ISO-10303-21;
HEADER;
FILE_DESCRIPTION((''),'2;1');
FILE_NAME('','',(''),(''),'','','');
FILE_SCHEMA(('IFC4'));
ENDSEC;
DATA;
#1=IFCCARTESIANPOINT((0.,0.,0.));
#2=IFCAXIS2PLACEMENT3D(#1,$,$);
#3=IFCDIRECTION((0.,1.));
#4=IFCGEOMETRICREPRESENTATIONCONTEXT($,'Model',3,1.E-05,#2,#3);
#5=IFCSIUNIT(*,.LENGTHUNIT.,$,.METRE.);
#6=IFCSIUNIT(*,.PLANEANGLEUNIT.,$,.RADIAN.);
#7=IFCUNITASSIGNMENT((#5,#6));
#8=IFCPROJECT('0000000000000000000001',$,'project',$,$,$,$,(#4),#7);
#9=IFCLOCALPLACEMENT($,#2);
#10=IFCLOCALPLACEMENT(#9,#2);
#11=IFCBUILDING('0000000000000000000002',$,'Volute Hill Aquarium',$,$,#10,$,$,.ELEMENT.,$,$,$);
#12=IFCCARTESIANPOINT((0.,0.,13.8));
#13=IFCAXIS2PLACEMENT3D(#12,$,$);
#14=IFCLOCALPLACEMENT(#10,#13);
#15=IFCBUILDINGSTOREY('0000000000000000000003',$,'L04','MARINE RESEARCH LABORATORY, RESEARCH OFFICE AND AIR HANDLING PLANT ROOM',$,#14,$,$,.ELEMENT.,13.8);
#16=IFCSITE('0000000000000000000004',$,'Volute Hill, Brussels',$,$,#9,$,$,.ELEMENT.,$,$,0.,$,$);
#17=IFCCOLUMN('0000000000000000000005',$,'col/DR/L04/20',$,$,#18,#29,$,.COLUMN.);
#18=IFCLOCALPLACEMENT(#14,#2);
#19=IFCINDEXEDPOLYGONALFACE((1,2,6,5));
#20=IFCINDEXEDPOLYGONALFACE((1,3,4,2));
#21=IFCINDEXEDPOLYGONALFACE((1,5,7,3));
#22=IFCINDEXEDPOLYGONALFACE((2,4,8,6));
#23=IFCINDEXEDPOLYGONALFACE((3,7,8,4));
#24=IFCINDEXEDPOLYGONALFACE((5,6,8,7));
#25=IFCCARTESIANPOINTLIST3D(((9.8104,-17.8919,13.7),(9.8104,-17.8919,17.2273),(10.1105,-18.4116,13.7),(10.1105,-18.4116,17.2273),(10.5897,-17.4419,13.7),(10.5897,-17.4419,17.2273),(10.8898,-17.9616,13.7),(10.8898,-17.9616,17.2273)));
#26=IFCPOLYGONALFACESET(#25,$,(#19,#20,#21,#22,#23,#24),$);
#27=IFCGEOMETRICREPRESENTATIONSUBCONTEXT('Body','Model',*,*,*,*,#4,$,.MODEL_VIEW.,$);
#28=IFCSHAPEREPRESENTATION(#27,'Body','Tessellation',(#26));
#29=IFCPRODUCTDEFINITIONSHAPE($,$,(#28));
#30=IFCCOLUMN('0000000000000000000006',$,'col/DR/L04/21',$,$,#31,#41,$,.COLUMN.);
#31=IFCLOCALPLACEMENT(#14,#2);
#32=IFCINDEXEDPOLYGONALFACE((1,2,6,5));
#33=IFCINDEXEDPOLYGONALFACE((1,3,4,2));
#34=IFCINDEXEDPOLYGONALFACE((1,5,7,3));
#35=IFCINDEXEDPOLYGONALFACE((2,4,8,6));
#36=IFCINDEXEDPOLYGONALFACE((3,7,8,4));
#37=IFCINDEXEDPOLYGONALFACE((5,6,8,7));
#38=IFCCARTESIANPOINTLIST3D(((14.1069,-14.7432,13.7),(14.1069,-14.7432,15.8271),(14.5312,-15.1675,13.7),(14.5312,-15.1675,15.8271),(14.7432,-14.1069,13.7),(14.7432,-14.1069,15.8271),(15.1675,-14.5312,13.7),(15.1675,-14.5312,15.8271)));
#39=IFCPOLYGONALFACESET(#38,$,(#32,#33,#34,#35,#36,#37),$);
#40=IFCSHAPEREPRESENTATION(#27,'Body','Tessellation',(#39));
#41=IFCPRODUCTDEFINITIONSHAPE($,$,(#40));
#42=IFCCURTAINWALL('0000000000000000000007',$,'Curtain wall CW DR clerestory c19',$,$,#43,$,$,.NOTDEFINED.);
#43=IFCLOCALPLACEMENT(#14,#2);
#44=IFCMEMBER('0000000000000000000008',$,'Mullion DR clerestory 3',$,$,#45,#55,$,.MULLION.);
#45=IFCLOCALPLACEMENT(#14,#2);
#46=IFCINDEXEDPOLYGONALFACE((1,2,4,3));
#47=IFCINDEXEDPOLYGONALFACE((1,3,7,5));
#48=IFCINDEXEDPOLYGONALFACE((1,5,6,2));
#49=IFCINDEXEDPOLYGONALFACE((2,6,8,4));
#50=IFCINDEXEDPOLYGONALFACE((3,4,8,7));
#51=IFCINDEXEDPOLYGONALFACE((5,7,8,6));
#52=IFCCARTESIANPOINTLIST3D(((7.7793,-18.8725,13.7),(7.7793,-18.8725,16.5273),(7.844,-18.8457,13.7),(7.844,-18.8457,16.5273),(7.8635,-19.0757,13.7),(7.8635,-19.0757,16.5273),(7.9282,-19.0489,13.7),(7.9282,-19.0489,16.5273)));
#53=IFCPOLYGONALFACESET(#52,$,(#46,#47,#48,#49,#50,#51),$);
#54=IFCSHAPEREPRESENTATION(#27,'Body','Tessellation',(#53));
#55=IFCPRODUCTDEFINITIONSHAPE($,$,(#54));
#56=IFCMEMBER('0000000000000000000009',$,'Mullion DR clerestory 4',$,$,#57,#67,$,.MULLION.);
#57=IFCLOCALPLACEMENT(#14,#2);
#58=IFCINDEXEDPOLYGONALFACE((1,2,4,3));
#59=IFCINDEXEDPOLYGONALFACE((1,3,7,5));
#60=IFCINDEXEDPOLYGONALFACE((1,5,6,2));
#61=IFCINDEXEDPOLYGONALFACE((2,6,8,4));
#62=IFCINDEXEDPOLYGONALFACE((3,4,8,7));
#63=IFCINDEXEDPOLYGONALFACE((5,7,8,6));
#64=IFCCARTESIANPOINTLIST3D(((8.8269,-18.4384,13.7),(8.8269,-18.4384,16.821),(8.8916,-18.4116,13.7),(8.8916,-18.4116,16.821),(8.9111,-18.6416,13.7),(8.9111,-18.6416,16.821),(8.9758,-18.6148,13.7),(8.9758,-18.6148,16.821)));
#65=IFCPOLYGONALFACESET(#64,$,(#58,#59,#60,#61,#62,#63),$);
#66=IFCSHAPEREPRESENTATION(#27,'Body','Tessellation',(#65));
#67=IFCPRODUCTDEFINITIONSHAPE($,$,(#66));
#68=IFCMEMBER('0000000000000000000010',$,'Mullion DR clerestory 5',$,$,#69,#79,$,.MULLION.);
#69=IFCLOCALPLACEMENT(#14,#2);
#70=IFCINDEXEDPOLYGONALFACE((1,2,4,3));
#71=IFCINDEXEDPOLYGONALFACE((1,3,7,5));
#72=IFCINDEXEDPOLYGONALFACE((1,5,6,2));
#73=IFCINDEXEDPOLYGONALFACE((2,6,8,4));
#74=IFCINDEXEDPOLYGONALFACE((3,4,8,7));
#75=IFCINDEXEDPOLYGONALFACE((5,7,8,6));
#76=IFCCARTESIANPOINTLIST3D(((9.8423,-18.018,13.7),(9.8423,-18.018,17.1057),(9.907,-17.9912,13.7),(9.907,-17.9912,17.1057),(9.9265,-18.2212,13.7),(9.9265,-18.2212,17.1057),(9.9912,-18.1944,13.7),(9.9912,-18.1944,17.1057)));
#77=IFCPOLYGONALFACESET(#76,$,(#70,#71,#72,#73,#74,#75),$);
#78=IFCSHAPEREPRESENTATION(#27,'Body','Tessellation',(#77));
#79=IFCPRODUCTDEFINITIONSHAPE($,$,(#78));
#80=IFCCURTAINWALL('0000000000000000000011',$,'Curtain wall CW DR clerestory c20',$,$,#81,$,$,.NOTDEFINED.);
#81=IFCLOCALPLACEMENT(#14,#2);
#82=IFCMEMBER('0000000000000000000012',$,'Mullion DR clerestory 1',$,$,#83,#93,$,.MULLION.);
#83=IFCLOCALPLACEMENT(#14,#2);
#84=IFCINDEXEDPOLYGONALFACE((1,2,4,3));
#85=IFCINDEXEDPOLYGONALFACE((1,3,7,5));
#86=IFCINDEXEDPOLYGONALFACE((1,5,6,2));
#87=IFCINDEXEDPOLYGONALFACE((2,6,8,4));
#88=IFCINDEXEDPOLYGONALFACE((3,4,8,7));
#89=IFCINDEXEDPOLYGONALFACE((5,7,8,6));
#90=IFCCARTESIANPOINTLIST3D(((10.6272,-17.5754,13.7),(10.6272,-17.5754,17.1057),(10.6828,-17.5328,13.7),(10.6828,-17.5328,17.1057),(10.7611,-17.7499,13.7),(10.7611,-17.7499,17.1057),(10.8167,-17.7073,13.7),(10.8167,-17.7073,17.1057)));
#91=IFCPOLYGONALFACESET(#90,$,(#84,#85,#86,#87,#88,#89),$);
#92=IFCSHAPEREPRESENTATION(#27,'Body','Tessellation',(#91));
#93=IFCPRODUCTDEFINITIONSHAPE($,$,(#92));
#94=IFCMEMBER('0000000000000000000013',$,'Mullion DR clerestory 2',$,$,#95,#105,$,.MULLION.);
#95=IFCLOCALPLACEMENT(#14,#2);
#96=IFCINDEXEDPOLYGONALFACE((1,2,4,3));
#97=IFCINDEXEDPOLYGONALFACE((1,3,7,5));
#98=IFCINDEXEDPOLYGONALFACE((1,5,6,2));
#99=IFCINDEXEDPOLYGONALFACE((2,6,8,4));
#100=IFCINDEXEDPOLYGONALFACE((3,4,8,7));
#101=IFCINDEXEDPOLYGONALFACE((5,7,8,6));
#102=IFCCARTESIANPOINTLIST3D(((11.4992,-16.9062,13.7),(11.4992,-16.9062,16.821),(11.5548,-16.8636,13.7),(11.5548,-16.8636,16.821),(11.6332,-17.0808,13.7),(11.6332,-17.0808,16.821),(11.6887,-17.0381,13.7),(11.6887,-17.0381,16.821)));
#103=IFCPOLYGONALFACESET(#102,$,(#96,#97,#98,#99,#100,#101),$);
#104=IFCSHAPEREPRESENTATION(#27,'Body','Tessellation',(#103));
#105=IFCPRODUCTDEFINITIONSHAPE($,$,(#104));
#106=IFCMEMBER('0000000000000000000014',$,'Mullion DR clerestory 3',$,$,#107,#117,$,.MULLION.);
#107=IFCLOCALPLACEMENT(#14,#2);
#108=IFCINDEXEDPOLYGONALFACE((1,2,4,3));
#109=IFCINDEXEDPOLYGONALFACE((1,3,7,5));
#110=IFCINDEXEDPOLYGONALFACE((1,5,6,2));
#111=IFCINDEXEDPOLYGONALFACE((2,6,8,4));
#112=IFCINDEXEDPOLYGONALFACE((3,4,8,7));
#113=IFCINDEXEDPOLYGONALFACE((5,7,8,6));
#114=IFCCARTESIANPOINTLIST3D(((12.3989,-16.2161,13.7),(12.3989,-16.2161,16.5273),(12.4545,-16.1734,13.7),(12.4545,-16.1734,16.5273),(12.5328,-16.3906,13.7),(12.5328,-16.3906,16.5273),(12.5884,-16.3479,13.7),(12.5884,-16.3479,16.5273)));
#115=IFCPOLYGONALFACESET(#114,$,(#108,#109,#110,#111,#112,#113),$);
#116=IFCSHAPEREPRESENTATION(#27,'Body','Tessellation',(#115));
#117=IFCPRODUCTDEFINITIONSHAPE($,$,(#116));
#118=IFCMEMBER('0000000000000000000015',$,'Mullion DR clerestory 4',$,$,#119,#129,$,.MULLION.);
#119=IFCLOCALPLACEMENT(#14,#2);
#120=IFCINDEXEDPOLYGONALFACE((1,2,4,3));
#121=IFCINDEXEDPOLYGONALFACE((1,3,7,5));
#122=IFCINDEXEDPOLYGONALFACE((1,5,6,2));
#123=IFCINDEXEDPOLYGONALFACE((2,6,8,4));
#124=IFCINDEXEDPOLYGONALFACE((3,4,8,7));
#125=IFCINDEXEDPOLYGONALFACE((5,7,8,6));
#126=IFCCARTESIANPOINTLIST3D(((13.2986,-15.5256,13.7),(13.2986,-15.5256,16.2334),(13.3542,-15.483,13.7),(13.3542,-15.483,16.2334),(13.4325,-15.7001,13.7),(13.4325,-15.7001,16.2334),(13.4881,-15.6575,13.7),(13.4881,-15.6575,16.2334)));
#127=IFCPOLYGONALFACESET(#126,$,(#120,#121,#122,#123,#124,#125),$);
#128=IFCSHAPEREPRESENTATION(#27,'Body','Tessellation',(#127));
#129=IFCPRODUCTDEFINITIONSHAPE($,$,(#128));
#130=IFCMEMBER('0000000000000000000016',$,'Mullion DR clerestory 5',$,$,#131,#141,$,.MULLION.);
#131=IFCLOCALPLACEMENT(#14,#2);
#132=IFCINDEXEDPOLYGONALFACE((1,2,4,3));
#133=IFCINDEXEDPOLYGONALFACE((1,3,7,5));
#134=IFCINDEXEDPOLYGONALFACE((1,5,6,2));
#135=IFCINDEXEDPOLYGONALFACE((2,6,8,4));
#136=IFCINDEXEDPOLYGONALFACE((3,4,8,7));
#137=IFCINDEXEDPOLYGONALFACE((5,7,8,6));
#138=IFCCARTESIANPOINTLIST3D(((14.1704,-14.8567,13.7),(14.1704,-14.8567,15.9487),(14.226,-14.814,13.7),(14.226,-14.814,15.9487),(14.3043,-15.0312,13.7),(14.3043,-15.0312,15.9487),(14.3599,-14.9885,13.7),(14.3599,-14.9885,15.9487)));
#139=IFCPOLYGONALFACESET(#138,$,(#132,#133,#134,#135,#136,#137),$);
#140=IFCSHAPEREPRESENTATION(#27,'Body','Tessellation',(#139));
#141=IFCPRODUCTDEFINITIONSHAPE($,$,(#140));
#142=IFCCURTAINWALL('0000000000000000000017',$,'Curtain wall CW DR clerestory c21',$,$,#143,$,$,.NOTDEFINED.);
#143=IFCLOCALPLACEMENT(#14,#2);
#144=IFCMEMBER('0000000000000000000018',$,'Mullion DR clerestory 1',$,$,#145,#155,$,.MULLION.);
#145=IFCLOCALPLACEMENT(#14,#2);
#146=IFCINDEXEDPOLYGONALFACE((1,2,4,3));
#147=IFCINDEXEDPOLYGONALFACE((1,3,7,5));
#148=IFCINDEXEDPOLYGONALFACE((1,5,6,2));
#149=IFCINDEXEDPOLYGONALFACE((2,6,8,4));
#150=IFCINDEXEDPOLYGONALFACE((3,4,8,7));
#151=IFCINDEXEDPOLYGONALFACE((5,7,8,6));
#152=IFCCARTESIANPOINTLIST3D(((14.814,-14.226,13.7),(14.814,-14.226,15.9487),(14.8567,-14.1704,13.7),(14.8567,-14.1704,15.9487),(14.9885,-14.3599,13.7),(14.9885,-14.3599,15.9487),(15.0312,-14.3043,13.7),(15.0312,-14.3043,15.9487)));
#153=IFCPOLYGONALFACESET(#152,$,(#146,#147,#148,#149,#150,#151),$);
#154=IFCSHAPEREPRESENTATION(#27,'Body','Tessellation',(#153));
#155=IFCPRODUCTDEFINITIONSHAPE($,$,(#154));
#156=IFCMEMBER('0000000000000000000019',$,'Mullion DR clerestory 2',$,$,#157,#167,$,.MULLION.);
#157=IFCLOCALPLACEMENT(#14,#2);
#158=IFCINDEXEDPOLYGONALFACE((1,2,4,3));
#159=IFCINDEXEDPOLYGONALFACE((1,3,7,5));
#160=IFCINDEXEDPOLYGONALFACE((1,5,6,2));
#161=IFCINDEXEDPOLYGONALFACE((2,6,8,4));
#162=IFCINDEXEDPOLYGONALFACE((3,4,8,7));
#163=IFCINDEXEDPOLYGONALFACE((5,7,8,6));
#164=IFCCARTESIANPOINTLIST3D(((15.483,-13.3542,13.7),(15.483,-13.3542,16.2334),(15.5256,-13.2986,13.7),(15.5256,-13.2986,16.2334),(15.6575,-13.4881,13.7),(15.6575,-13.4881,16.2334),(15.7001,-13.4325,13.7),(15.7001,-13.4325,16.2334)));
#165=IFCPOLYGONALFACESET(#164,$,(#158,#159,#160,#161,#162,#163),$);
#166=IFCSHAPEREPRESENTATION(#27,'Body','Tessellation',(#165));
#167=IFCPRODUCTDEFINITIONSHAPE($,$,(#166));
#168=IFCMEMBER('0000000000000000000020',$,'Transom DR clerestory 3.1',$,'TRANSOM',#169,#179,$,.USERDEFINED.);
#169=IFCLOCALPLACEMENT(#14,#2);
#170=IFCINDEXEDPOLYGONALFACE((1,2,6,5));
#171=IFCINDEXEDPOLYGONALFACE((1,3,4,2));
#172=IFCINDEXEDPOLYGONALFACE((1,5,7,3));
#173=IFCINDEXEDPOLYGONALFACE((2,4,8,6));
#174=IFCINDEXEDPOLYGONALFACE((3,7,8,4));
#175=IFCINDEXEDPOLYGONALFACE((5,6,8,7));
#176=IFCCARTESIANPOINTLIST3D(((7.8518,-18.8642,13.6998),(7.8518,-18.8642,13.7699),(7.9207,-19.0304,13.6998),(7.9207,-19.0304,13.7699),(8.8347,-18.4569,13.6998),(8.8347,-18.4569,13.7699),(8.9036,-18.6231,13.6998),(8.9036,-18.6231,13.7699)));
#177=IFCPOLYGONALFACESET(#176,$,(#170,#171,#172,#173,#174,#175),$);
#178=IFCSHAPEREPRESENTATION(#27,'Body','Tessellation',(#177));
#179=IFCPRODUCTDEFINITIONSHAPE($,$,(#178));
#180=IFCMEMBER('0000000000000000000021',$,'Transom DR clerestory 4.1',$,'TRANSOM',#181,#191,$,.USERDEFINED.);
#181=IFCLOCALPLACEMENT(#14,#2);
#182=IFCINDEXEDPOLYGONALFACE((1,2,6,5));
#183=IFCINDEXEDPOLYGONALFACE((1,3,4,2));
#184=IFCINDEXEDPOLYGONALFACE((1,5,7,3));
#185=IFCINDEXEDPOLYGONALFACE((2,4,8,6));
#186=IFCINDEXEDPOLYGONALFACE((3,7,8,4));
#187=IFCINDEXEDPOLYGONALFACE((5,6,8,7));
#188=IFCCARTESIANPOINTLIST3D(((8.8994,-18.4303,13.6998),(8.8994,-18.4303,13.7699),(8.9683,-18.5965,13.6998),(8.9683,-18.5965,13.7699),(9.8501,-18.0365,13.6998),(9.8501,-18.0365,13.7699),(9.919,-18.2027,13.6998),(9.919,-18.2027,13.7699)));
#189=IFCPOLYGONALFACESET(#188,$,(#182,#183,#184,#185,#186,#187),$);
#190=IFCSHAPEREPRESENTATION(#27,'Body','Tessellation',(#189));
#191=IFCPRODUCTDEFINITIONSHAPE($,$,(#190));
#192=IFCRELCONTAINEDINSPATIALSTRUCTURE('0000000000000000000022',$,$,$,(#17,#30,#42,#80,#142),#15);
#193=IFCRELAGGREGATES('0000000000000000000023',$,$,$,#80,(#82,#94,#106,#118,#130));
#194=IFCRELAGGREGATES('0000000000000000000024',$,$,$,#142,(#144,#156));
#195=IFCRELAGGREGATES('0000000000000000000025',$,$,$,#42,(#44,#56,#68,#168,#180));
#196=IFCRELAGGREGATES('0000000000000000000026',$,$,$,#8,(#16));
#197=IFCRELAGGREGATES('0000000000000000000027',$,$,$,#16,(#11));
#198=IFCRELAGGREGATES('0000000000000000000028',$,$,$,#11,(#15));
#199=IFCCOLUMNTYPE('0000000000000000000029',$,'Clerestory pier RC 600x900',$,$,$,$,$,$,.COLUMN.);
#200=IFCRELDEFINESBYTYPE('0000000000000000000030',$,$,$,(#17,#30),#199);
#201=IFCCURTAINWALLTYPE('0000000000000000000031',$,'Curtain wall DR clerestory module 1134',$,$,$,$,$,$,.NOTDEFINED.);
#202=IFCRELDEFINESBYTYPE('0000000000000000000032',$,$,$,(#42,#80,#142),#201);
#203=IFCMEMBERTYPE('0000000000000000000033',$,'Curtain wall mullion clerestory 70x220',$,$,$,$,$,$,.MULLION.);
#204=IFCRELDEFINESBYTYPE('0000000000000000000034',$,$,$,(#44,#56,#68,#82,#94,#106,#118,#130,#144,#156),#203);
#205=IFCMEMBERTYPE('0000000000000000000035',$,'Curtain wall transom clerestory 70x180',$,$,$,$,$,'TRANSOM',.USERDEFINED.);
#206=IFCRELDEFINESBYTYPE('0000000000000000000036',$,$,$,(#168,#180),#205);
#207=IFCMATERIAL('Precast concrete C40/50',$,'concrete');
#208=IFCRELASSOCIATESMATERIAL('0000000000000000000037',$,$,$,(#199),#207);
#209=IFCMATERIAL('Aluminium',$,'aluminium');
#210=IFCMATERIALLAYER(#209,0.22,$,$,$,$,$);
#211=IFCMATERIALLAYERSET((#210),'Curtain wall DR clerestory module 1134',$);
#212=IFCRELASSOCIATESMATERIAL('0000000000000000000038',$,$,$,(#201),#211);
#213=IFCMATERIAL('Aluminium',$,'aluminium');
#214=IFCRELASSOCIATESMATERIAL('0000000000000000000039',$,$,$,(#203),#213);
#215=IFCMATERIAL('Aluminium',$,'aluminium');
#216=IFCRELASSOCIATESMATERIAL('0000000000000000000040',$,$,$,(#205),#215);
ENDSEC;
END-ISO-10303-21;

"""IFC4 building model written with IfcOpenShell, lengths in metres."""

from ifc_helpers import new_model, si_unit, direction, frame, origin, origin_2d, place, context, subcontext, project, spatial, rectangle, extrude, material, layer, layer_set, material_profile, profile_set, type_object, element, aggregate, save


model = new_model("IFC4")

# Units and contexts
model_context = context("Model", 3, precision=1e-05, world=origin(), true_north=direction((0.0, 1.0)))
body_context = subcontext(model_context, "Body", "Model", "MODEL_VIEW")
ifc_project = project(units=[si_unit("LENGTHUNIT", "METRE"), si_unit("PLANEANGLEUNIT", "RADIAN")], contexts=[model_context])

# Site, building, storey
site_placement = place(None, origin())
site = spatial("IfcSite", under=ifc_project, at=site_placement, Name="Volute Hill, Brussels", CompositionType="ELEMENT", RefElevation=0.0)
building_placement = place(site_placement, origin())
building = spatial("IfcBuilding", under=site, at=building_placement, Name="Volute Hill Aquarium", CompositionType="ELEMENT")
storey_placement = place(building_placement, frame((0.0, 0.0, 13.8)))
storey = spatial("IfcBuildingStorey", under=building, at=storey_placement, Name="L04", Description="MARINE RESEARCH LABORATORY, RESEARCH OFFICE AND AIR HANDLING PLANT ROOM", CompositionType="ELEMENT", Elevation=13.8)

# Columns
ifc_material_1 = material(Name="Precast concrete C40/50", Category="concrete")
ifc_material_profile_1 = material_profile(ifc_material_1, rectangle(XDim=0.6001, YDim=0.8999, at=origin_2d()), Name="RC pier 600x900")
ifc_profile_set_1 = profile_set([ifc_material_profile_1], Name="Precast concrete C40/50")
column_type = type_object("IfcColumnType", Name="Clerestory pier RC 600x900", PredefinedType="COLUMN", material=ifc_profile_set_1)
column_1_placement = place(storey_placement, frame((10.3501, -17.9268, 13.7), z_axis=(0.0, 0.0, 1.0), x_axis=(0.5, -0.866025, 0.0)))
element("IfcColumn", 1, at=column_1_placement, inside=storey, type_object=column_type, Name="col/DR/L04/20", PredefinedType="COLUMN", context=body_context, shape_type="SweptSolid", body=[
    extrude(rectangle(XDim=0.6001, YDim=0.8999, at=origin_2d()), origin(), (0.0, 0.0, 1.0), 3.5273),
])
column_2_placement = place(storey_placement, frame((14.6372, -14.6372, 13.7), z_axis=(0.0, 0.0, 1.0), x_axis=(0.707107, -0.707107, 0.0)))
element("IfcColumn", 2, at=column_2_placement, inside=storey, type_object=column_type, Name="col/DR/L04/21", PredefinedType="COLUMN", context=body_context, shape_type="SweptSolid", body=[
    extrude(rectangle(XDim=0.6001, YDim=0.8999, at=origin_2d()), origin(), (0.0, 0.0, 1.0), 2.1272),
])

# Curtain walls, members
ifc_material_2 = material(Name="Aluminium", Category="aluminium")
ifc_layer_1 = layer(ifc_material_2, 0.22)
ifc_layer_set_1 = layer_set([ifc_layer_1], Name="Curtain wall DR clerestory module 1134")
curtain_wall_type = type_object("IfcCurtainWallType", Name="Curtain wall DR clerestory module 1134", PredefinedType="NOTDEFINED", material=ifc_layer_set_1)
curtain_wall_1_placement = place(storey_placement, origin())
curtain_wall_1 = element("IfcCurtainWall", 3, at=curtain_wall_1_placement, inside=storey, type_object=curtain_wall_type, Name="Curtain wall CW DR clerestory c19", PredefinedType="NOTDEFINED")
ifc_material_3 = material(Name="Aluminium", Category="aluminium")
ifc_material_profile_2 = material_profile(ifc_material_3, rectangle(XDim=0.22, YDim=0.0701, at=origin_2d()), Name="Curtain wall mullion clerestory 70x220")
ifc_profile_set_2 = profile_set([ifc_material_profile_2], Name="Aluminium")
member_type_1 = type_object("IfcMemberType", Name="Curtain wall mullion clerestory 70x220", PredefinedType="MULLION", material=ifc_profile_set_2)
member_1_placement = place(storey_placement, frame((7.8538, -18.9607, 13.7), z_axis=(0.0, 0.0, 1.0), x_axis=(-0.382696, 0.923874, 0.0)))
member_1 = element("IfcMember", 4, at=member_1_placement, type_object=member_type_1, Name="Mullion DR clerestory 3", PredefinedType="MULLION", context=body_context, shape_type="SweptSolid", body=[
    extrude(rectangle(XDim=0.22, YDim=0.0701, at=origin_2d()), origin(), (0.0, 0.0, 1.0), 2.8274),
])
member_2_placement = place(storey_placement, frame((8.9014, -18.5266, 13.7), z_axis=(0.0, 0.0, 1.0), x_axis=(-0.382696, 0.923874, 0.0)))
member_2 = element("IfcMember", 5, at=member_2_placement, type_object=member_type_1, Name="Mullion DR clerestory 4", PredefinedType="MULLION", context=body_context, shape_type="SweptSolid", body=[
    extrude(rectangle(XDim=0.22, YDim=0.0701, at=origin_2d()), origin(), (0.0, 0.0, 1.0), 3.1211),
])
member_3_placement = place(storey_placement, frame((9.9167, -18.1062, 13.7), z_axis=(0.0, 0.0, 1.0), x_axis=(-0.382696, 0.923874, 0.0)))
member_3 = element("IfcMember", 6, at=member_3_placement, type_object=member_type_1, Name="Mullion DR clerestory 5", PredefinedType="MULLION", context=body_context, shape_type="SweptSolid", body=[
    extrude(rectangle(XDim=0.22, YDim=0.0701, at=origin_2d()), origin(), (0.0, 0.0, 1.0), 3.4058),
])
curtain_wall_2_placement = place(storey_placement, origin())
curtain_wall_2 = element("IfcCurtainWall", 7, at=curtain_wall_2_placement, inside=storey, type_object=curtain_wall_type, Name="Curtain wall CW DR clerestory c20", PredefinedType="NOTDEFINED")
member_4_placement = place(storey_placement, frame((10.7219, -17.6414, 13.7), z_axis=(0.0, 0.0, 1.0), x_axis=(-0.608761, 0.793354, 0.0)))
member_4 = element("IfcMember", 8, at=member_4_placement, type_object=member_type_1, Name="Mullion DR clerestory 1", PredefinedType="MULLION", context=body_context, shape_type="SweptSolid", body=[
    extrude(rectangle(XDim=0.22, YDim=0.0701, at=origin_2d()), origin(), (0.0, 0.0, 1.0), 3.4058),
])
member_5_placement = place(storey_placement, frame((11.594, -16.9722, 13.7), z_axis=(0.0, 0.0, 1.0), x_axis=(-0.608761, 0.793354, 0.0)))
member_5 = element("IfcMember", 9, at=member_5_placement, type_object=member_type_1, Name="Mullion DR clerestory 2", PredefinedType="MULLION", context=body_context, shape_type="SweptSolid", body=[
    extrude(rectangle(XDim=0.22, YDim=0.0701, at=origin_2d()), origin(), (0.0, 0.0, 1.0), 3.1211),
])
member_6_placement = place(storey_placement, frame((12.4937, -16.282, 13.7), z_axis=(0.0, 0.0, 1.0), x_axis=(-0.608761, 0.793354, 0.0)))
member_6 = element("IfcMember", 10, at=member_6_placement, type_object=member_type_1, Name="Mullion DR clerestory 3", PredefinedType="MULLION", context=body_context, shape_type="SweptSolid", body=[
    extrude(rectangle(XDim=0.22, YDim=0.0701, at=origin_2d()), origin(), (0.0, 0.0, 1.0), 2.8274),
])
member_7_placement = place(storey_placement, frame((13.3933, -15.5916, 13.7), z_axis=(0.0, 0.0, 1.0), x_axis=(-0.608761, 0.793354, 0.0)))
member_7 = element("IfcMember", 11, at=member_7_placement, type_object=member_type_1, Name="Mullion DR clerestory 4", PredefinedType="MULLION", context=body_context, shape_type="SweptSolid", body=[
    extrude(rectangle(XDim=0.22, YDim=0.0701, at=origin_2d()), origin(), (0.0, 0.0, 1.0), 2.5334),
])
member_8_placement = place(storey_placement, frame((14.2651, -14.9226, 13.7), z_axis=(0.0, 0.0, 1.0), x_axis=(-0.608761, 0.793354, 0.0)))
member_8 = element("IfcMember", 12, at=member_8_placement, type_object=member_type_1, Name="Mullion DR clerestory 5", PredefinedType="MULLION", context=body_context, shape_type="SweptSolid", body=[
    extrude(rectangle(XDim=0.22, YDim=0.0701, at=origin_2d()), origin(), (0.0, 0.0, 1.0), 2.2488),
])
aggregate(curtain_wall_2, [member_4, member_5, member_6, member_7, member_8])
curtain_wall_3_placement = place(storey_placement, origin())
curtain_wall_3 = element("IfcCurtainWall", 13, at=curtain_wall_3_placement, inside=storey, type_object=curtain_wall_type, Name="Curtain wall CW DR clerestory c21", PredefinedType="NOTDEFINED")
member_9_placement = place(storey_placement, frame((14.9226, -14.2651, 13.7), z_axis=(0.0, 0.0, 1.0), x_axis=(-0.793354, 0.608761, 0.0)))
member_9 = element("IfcMember", 14, at=member_9_placement, type_object=member_type_1, Name="Mullion DR clerestory 1", PredefinedType="MULLION", context=body_context, shape_type="SweptSolid", body=[
    extrude(rectangle(XDim=0.22, YDim=0.0701, at=origin_2d()), origin(), (0.0, 0.0, 1.0), 2.2488),
])
member_10_placement = place(storey_placement, frame((15.5916, -13.3933, 13.7), z_axis=(0.0, 0.0, 1.0), x_axis=(-0.793354, 0.608761, 0.0)))
member_10 = element("IfcMember", 15, at=member_10_placement, type_object=member_type_1, Name="Mullion DR clerestory 2", PredefinedType="MULLION", context=body_context, shape_type="SweptSolid", body=[
    extrude(rectangle(XDim=0.22, YDim=0.0701, at=origin_2d()), origin(), (0.0, 0.0, 1.0), 2.5334),
])
aggregate(curtain_wall_3, [member_9, member_10])

# Members
ifc_material_4 = material(Name="Aluminium", Category="aluminium")
ifc_material_profile_3 = material_profile(ifc_material_4, rectangle(XDim=0.1799, YDim=0.0701, at=origin_2d()), Name="Curtain wall transom clerestory 70x180")
ifc_profile_set_3 = profile_set([ifc_material_profile_3], Name="Aluminium")
member_type_2 = type_object("IfcMemberType", Name="Curtain wall transom clerestory 70x180", ElementType="TRANSOM", PredefinedType="USERDEFINED", material=ifc_profile_set_3)
member_11_placement = place(storey_placement, frame((7.8862, -18.9473, 13.7349), z_axis=(0.923849, 0.382757, 0.0), x_axis=(-0.382757, 0.923849, 0.0)))
member_11 = element("IfcMember", 16, at=member_11_placement, type_object=member_type_2, Name="Transom DR clerestory 3.1", ObjectType="TRANSOM", PredefinedType="USERDEFINED", context=body_context, shape_type="SweptSolid", body=[
    extrude(rectangle(XDim=0.1799, YDim=0.0701, at=origin_2d()), origin(), (0.0, 0.0, 1.0), 1.064),
])
member_12_placement = place(storey_placement, frame((8.9338, -18.5134, 13.7349), z_axis=(0.923875, 0.382694, 0.0), x_axis=(-0.382694, 0.923875, 0.0)))
member_12 = element("IfcMember", 17, at=member_12_placement, type_object=member_type_2, Name="Transom DR clerestory 4.1", ObjectType="TRANSOM", PredefinedType="USERDEFINED", context=body_context, shape_type="SweptSolid", body=[
    extrude(rectangle(XDim=0.1799, YDim=0.0701, at=origin_2d()), origin(), (0.0, 0.0, 1.0), 1.0291),
])
aggregate(curtain_wall_1, [member_1, member_2, member_3, member_11, member_12])

save(model, "model.ifc")
